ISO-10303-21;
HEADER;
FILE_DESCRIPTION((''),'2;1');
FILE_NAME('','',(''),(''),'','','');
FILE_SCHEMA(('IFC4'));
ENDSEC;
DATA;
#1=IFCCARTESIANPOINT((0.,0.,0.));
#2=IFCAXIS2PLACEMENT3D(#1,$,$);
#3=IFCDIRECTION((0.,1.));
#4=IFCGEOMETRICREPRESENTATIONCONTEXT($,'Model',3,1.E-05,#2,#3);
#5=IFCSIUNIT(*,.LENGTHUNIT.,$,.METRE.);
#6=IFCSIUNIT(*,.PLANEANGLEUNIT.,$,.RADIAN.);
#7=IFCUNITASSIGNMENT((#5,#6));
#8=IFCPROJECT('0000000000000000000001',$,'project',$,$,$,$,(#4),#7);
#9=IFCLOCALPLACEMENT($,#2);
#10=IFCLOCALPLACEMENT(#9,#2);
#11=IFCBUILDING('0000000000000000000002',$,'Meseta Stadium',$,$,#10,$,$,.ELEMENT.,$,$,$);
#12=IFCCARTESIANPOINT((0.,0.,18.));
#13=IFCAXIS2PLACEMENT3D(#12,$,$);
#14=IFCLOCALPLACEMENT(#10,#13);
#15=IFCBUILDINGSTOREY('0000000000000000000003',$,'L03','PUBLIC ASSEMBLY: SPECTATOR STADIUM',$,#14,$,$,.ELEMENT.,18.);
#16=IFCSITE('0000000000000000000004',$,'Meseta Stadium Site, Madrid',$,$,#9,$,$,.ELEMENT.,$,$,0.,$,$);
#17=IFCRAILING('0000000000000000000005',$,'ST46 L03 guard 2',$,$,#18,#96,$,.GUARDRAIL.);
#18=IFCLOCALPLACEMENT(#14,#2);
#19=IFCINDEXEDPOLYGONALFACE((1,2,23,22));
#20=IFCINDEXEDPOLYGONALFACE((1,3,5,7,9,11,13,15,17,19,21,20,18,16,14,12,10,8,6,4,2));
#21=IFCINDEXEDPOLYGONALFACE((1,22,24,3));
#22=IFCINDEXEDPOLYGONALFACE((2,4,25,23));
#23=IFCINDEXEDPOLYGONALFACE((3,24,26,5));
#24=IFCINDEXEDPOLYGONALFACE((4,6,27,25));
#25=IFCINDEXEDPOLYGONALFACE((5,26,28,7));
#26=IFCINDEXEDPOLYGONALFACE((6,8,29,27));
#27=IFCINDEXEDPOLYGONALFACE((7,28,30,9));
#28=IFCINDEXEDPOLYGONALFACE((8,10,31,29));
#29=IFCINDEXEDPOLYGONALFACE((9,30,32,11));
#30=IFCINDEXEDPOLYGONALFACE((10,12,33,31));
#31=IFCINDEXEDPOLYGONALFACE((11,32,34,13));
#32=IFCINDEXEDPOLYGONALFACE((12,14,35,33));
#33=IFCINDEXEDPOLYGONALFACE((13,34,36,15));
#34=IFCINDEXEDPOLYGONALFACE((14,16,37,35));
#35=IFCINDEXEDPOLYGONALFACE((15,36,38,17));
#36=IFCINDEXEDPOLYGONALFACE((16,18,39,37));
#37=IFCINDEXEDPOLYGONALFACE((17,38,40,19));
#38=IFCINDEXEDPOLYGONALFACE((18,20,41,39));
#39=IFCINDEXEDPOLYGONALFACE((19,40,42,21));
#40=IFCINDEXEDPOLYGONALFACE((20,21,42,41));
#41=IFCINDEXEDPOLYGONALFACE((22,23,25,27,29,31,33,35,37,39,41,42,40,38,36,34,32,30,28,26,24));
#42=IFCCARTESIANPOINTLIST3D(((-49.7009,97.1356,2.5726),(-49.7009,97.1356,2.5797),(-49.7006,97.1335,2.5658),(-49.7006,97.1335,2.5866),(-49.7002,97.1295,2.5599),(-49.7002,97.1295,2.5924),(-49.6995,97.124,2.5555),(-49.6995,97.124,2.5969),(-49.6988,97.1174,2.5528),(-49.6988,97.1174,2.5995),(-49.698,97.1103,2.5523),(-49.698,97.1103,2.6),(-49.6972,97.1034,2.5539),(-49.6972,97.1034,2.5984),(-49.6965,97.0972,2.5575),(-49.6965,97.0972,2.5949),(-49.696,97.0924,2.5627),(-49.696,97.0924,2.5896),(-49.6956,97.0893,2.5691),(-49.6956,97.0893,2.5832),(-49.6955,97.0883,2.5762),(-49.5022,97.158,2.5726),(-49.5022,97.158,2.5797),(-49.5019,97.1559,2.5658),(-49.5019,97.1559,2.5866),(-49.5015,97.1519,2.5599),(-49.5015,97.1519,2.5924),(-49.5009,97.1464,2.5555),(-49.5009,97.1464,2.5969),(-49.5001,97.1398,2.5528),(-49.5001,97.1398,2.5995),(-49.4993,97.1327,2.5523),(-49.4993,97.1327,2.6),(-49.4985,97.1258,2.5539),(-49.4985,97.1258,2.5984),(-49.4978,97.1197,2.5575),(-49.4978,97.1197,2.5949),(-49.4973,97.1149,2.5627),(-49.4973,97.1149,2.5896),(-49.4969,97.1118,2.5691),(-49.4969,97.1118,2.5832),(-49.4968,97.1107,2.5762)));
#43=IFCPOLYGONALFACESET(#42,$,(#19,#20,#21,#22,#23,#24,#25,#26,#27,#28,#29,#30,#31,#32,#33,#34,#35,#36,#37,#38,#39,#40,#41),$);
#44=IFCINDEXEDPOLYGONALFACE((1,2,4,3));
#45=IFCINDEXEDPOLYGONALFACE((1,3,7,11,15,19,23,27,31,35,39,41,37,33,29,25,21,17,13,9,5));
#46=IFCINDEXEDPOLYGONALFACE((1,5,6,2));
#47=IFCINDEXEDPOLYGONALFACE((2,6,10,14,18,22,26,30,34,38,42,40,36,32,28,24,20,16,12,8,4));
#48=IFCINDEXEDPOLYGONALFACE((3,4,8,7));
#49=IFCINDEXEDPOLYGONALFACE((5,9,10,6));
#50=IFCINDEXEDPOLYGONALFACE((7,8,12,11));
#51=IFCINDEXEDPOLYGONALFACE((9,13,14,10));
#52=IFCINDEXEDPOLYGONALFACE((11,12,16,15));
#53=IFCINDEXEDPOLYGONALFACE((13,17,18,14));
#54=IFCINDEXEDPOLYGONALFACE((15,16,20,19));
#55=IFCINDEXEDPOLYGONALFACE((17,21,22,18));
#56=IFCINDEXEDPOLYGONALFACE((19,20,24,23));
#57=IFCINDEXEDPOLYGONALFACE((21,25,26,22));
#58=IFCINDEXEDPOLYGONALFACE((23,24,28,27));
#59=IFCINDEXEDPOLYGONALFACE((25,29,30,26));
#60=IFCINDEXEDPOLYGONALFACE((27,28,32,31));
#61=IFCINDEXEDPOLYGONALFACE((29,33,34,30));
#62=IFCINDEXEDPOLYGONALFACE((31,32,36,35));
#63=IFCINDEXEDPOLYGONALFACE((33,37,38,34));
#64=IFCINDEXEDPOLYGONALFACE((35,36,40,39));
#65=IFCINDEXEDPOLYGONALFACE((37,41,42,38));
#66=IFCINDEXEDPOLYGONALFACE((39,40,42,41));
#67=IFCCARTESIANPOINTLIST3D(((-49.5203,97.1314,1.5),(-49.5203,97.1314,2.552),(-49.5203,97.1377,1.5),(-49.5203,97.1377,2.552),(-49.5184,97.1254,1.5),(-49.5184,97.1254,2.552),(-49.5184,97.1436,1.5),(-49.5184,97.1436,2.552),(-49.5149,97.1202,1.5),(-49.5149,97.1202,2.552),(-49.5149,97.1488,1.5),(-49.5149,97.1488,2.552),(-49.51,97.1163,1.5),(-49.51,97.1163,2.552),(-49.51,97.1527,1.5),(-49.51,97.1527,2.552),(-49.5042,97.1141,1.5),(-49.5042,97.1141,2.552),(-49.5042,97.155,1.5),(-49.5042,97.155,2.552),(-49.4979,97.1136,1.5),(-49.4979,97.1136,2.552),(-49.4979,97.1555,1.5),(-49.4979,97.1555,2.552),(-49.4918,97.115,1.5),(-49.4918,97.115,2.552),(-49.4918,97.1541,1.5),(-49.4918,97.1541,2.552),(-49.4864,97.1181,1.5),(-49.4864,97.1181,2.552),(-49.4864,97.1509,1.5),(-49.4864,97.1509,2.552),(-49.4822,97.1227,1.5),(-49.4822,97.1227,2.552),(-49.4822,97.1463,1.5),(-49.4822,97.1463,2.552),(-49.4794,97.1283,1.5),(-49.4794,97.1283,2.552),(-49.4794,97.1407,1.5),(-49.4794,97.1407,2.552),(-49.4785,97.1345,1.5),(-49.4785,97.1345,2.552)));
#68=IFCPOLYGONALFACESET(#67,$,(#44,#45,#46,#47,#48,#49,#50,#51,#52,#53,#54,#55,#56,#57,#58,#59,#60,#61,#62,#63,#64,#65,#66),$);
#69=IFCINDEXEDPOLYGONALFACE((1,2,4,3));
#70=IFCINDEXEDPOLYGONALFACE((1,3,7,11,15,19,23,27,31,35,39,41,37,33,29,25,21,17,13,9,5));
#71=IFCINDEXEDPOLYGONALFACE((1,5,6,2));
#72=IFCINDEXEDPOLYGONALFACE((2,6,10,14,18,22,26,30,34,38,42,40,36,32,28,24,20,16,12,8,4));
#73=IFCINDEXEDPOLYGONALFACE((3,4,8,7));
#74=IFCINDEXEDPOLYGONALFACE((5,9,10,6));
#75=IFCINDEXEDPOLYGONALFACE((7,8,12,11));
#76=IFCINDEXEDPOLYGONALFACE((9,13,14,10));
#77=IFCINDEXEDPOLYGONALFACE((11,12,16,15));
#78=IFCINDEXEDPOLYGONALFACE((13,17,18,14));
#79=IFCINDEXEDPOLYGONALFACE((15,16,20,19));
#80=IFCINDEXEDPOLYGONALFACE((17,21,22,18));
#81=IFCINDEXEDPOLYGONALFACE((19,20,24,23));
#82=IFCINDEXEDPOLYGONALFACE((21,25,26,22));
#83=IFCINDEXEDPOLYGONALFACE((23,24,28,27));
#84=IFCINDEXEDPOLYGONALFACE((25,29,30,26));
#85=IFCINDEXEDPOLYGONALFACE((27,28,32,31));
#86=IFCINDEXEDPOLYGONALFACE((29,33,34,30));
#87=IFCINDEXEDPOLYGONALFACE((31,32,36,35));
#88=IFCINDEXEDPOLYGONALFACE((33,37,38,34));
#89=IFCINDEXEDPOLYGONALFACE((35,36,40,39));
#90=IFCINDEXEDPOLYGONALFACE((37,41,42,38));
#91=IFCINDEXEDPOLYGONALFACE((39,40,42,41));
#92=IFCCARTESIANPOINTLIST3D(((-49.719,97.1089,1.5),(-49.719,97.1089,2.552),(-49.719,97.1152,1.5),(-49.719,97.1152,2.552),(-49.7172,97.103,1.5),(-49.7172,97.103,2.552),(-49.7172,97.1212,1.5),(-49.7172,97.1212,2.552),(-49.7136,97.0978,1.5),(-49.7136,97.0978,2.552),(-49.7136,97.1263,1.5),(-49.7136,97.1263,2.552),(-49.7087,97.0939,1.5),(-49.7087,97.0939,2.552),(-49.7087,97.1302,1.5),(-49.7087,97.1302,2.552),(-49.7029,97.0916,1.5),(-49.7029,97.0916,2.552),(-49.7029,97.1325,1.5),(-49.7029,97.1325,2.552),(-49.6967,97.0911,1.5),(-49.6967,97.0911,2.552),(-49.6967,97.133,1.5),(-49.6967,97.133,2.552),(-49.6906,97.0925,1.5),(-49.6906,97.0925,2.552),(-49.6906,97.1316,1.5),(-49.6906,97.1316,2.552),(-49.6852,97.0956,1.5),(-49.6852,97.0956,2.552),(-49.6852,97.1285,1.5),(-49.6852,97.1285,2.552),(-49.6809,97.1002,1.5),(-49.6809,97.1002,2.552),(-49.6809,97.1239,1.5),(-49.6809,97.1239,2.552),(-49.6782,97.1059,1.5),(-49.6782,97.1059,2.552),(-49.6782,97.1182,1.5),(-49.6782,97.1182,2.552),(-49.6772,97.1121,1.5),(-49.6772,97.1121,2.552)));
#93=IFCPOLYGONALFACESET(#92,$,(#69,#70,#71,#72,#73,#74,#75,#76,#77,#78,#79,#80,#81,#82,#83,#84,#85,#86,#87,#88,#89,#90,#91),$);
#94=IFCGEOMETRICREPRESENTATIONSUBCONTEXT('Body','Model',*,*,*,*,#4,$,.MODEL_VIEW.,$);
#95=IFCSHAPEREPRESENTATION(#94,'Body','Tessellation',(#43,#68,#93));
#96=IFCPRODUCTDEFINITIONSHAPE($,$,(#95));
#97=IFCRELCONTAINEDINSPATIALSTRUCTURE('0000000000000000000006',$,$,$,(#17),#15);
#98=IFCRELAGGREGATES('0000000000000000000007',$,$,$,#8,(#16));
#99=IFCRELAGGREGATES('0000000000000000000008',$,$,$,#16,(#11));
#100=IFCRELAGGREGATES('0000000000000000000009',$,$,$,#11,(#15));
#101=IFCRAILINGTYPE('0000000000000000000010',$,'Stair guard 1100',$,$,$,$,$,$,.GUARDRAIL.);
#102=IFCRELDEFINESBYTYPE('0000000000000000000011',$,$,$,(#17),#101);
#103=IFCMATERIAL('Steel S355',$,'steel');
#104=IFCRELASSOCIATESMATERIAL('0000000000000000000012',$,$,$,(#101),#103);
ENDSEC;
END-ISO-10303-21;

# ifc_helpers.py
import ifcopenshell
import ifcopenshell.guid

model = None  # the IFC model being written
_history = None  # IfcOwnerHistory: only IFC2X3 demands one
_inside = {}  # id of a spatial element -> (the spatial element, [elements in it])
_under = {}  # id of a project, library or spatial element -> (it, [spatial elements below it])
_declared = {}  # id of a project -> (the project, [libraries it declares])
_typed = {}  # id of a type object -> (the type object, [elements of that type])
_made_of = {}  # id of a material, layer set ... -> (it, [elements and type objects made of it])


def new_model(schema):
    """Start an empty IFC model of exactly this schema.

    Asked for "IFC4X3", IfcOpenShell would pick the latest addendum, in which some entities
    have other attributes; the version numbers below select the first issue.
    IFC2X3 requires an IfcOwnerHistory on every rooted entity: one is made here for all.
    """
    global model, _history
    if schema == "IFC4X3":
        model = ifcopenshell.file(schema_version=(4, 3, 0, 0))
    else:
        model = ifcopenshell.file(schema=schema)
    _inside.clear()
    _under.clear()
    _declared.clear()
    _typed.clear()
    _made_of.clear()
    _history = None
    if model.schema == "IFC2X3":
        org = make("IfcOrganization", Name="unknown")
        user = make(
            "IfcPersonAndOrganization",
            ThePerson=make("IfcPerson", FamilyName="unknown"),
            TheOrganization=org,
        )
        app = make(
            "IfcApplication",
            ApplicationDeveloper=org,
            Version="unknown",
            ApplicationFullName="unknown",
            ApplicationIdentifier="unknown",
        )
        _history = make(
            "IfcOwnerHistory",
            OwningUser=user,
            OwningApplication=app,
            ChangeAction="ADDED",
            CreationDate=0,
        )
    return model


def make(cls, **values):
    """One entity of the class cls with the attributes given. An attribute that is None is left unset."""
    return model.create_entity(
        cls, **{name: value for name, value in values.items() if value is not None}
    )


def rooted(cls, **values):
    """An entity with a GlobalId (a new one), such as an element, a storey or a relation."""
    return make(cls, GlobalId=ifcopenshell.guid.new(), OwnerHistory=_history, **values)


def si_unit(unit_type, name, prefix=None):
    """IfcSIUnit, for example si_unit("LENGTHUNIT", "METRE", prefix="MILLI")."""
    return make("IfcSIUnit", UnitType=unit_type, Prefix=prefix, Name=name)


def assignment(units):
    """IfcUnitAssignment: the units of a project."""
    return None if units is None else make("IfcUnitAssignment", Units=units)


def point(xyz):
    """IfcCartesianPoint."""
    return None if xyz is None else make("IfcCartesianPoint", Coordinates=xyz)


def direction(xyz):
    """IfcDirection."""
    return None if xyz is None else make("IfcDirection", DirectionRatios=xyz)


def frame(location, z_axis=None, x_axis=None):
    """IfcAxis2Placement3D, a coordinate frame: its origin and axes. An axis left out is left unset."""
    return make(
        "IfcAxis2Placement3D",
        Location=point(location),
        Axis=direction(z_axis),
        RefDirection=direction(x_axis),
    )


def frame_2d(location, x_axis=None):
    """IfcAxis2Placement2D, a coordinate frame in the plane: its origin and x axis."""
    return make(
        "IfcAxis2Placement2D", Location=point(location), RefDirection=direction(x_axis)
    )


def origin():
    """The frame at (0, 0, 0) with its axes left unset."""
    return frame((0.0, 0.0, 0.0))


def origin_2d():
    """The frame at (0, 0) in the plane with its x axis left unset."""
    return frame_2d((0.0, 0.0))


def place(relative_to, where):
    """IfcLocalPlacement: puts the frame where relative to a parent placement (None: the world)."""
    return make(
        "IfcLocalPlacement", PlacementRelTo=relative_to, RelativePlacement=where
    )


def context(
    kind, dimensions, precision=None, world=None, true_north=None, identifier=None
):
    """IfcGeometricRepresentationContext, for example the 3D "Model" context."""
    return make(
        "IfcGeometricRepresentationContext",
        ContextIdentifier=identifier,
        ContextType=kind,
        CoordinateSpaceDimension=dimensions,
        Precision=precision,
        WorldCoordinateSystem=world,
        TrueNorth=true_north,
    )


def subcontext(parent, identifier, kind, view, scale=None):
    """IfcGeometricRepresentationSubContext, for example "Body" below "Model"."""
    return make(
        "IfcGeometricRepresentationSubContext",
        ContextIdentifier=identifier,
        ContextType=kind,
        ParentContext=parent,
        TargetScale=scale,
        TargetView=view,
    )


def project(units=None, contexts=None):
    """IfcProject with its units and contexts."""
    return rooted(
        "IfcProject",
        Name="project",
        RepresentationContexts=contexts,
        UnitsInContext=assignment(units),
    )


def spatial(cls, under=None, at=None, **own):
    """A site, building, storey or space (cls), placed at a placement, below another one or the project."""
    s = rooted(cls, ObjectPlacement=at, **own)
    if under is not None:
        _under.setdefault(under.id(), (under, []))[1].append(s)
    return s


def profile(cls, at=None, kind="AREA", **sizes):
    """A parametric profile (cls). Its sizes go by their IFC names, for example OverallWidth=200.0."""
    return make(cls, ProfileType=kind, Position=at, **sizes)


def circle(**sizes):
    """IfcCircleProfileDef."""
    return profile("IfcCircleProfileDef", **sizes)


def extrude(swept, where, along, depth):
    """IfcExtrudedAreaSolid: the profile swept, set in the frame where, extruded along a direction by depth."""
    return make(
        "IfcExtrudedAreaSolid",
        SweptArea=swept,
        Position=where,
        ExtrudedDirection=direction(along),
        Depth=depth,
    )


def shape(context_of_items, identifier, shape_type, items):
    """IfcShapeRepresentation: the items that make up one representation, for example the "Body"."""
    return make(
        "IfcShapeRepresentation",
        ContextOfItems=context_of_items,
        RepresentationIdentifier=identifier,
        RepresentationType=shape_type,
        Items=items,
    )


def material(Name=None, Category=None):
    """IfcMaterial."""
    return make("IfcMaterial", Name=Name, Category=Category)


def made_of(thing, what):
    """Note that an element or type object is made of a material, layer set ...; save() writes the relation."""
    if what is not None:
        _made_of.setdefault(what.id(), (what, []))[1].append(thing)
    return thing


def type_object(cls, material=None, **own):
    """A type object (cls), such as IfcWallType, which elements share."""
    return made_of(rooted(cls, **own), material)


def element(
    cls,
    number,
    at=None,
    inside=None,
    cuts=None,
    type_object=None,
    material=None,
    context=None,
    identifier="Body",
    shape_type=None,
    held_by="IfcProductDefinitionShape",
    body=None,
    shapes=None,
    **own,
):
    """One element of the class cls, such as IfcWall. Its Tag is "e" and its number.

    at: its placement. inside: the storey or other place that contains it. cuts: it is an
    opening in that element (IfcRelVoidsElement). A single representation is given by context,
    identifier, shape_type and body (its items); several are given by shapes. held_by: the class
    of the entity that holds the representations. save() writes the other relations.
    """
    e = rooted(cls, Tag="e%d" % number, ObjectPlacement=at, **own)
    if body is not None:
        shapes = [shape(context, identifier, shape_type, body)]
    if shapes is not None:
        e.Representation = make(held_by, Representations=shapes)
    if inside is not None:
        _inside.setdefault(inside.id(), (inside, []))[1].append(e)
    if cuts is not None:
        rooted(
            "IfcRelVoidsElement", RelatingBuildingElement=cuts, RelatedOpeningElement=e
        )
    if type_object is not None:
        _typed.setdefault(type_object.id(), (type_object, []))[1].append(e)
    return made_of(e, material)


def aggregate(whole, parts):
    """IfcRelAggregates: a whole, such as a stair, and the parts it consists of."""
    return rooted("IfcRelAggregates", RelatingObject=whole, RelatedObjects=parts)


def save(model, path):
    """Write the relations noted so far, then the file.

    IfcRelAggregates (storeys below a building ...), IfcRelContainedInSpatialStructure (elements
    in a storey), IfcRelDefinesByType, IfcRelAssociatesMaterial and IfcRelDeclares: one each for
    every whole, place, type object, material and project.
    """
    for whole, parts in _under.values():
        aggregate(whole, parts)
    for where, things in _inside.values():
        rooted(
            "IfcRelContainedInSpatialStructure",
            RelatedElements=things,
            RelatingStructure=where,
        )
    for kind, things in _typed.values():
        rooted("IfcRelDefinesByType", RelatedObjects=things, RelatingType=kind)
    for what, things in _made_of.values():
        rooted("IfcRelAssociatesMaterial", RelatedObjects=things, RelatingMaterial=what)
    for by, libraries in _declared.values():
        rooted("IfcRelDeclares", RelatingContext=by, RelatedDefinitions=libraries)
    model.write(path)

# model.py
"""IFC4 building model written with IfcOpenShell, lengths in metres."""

from ifc_helpers import new_model, si_unit, direction, frame, origin, origin_2d, place, context, subcontext, project, spatial, circle, extrude, material, type_object, element, save


model = new_model("IFC4")

# Units and contexts
model_context = context("Model", 3, precision=1e-05, world=origin(), true_north=direction((0.0, 1.0)))
body_context = subcontext(model_context, "Body", "Model", "MODEL_VIEW")
ifc_project = project(units=[si_unit("LENGTHUNIT", "METRE"), si_unit("PLANEANGLEUNIT", "RADIAN")], contexts=[model_context])

# Site, building, storey
site_placement = place(None, origin())
site = spatial("IfcSite", under=ifc_project, at=site_placement, Name="Meseta Stadium Site, Madrid", CompositionType="ELEMENT", RefElevation=0.0)
building_placement = place(site_placement, origin())
building = spatial("IfcBuilding", under=site, at=building_placement, Name="Meseta Stadium", CompositionType="ELEMENT")
storey_placement = place(building_placement, frame((0.0, 0.0, 18.0)))
storey = spatial("IfcBuildingStorey", under=building, at=storey_placement, Name="L03", Description="PUBLIC ASSEMBLY: SPECTATOR STADIUM", CompositionType="ELEMENT", Elevation=18.0)

# Railing
ifc_material_1 = material(Name="Steel S355", Category="steel")
railing_type = type_object("IfcRailingType", Name="Stair guard 1100", PredefinedType="GUARDRAIL", material=ifc_material_1)
railing_1_placement = place(storey_placement, frame((-49.4995, 97.1345, 1.5)))
element("IfcRailing", 1, at=railing_1_placement, inside=storey, type_object=railing_type, Name="ST46 L03 guard 2", PredefinedType="GUARDRAIL", context=body_context, shape_type="SweptSolid", body=[
    extrude(circle(Radius=0.0239, at=origin_2d()), frame((0.0, 0.0, 1.0762), z_axis=(-0.993674, -0.112307, 0.0), x_axis=(0.112307, -0.993674, 0.0)), (0.0, 0.0, 1.0), 0.2),
    extrude(circle(Radius=0.021, at=origin_2d()), origin(), (0.0, 0.0, 1.0), 1.052),
    extrude(circle(Radius=0.021, at=origin_2d()), frame((-0.1987, -0.0225, 0.0)), (0.0, 0.0, 1.0), 1.052),
])

save(model, "model.ifc")
